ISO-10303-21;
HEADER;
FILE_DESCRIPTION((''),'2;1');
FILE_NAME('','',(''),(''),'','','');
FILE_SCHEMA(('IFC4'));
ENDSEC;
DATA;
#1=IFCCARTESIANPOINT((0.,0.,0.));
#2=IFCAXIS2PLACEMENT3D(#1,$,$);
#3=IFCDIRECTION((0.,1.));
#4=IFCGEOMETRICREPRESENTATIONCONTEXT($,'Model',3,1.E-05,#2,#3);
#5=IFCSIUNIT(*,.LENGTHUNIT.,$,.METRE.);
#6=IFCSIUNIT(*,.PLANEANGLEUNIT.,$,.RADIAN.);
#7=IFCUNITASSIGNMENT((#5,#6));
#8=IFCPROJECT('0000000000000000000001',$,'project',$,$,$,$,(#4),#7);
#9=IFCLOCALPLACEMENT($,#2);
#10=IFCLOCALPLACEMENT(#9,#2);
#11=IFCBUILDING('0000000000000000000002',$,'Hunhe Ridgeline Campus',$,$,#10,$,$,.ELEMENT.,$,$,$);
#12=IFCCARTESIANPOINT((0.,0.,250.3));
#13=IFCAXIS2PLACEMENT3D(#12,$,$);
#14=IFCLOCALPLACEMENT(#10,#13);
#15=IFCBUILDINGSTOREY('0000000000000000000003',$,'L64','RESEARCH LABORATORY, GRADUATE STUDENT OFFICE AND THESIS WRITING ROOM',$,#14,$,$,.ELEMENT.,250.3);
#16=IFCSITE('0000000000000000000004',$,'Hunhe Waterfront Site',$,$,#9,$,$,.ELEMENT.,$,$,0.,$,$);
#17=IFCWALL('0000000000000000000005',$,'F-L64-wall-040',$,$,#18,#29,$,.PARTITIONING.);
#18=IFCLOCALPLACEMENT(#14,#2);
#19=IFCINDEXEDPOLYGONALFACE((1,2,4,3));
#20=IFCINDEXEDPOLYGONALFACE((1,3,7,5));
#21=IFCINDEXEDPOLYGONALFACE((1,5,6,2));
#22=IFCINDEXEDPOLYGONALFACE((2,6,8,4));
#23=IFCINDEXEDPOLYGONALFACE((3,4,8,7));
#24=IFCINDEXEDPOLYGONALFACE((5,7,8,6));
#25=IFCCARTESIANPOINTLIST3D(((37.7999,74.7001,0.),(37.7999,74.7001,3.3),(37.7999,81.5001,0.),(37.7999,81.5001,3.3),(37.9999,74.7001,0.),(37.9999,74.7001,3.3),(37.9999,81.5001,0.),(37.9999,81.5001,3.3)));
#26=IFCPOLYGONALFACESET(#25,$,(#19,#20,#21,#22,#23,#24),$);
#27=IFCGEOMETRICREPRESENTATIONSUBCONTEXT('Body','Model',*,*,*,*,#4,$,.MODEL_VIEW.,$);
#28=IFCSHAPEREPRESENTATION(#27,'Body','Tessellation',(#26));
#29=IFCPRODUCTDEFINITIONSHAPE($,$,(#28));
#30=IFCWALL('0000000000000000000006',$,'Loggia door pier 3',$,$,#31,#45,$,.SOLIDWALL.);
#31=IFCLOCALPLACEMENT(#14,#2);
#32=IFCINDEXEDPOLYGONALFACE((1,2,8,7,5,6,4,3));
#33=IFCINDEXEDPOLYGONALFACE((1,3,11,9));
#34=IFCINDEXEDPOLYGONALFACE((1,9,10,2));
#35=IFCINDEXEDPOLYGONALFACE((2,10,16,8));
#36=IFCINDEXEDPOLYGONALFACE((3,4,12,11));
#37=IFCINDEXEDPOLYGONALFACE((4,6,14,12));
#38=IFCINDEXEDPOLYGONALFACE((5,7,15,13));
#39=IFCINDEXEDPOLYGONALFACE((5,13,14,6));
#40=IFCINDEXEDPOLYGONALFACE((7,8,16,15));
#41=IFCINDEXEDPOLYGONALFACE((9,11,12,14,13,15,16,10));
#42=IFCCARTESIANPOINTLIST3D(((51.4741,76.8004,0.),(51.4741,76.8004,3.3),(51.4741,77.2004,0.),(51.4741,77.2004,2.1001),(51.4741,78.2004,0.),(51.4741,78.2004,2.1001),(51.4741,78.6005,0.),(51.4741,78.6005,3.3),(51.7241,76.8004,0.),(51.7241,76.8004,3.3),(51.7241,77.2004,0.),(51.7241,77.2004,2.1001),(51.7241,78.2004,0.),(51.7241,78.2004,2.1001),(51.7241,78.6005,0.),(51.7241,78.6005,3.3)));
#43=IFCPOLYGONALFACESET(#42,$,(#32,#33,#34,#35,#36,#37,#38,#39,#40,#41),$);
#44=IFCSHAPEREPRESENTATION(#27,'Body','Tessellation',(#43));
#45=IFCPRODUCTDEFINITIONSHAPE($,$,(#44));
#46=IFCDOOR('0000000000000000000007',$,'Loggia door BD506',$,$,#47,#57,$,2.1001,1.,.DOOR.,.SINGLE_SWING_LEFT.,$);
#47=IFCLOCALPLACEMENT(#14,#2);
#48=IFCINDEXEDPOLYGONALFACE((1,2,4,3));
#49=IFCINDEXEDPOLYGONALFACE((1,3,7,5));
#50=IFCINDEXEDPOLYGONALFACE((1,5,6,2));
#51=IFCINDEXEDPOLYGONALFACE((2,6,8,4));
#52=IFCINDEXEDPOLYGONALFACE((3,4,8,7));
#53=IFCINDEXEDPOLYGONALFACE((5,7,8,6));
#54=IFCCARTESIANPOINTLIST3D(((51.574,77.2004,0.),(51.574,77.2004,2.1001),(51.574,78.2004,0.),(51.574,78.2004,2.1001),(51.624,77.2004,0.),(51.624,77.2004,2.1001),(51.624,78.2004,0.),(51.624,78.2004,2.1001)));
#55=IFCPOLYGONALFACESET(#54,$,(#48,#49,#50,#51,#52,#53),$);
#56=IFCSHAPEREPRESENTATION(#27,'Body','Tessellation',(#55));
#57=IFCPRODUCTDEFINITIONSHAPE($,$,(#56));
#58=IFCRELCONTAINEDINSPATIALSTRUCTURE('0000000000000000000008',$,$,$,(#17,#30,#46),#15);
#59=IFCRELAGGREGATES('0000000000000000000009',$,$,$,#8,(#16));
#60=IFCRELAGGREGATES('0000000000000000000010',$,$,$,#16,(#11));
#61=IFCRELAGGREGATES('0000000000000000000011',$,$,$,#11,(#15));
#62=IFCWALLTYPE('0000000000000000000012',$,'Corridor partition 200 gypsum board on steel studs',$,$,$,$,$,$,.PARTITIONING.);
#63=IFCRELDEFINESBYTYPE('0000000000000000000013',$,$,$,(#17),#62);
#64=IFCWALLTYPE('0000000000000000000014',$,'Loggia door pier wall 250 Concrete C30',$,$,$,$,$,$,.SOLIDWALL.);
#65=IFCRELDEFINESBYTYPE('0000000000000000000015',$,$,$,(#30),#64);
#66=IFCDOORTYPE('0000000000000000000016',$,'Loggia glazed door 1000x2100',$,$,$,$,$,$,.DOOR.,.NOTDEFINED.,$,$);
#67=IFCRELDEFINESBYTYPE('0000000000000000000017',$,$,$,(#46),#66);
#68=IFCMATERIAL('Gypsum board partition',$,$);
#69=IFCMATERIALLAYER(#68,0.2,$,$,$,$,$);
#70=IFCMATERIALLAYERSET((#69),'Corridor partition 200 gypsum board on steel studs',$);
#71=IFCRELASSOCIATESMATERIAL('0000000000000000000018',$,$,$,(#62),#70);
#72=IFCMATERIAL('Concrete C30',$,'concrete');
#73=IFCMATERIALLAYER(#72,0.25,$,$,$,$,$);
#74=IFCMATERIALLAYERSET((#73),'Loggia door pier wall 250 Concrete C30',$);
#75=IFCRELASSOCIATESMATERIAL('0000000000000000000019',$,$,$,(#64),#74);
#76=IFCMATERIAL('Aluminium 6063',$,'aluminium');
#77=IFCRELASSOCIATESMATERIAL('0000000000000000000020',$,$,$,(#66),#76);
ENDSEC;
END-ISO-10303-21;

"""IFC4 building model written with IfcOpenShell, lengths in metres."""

from ifc_helpers import new_model, si_unit, direction, frame, frame_2d, origin, place, context, subcontext, project, spatial, rectangle, extrude, material, layer, layer_set, type_object, element, fill, save


model = new_model("IFC4")

# Units and contexts
model_context = context("Model", 3, precision=1e-05, world=origin(), true_north=direction((0.0, 1.0)))
body_context = subcontext(model_context, "Body", "Model", "MODEL_VIEW")
ifc_project = project(units=[si_unit("LENGTHUNIT", "METRE"), si_unit("PLANEANGLEUNIT", "RADIAN")], contexts=[model_context])

# Site, building, storey
site_placement = place(None, origin())
site = spatial("IfcSite", under=ifc_project, at=site_placement, Name="Hunhe Waterfront Site", CompositionType="ELEMENT", RefElevation=0.0)
building_placement = place(site_placement, origin())
building = spatial("IfcBuilding", under=site, at=building_placement, Name="Hunhe Ridgeline Campus", CompositionType="ELEMENT")
storey_placement = place(building_placement, frame((0.0, 0.0, 250.3)))
storey = spatial("IfcBuildingStorey", under=building, at=storey_placement, Name="L64", Description="RESEARCH LABORATORY, GRADUATE STUDENT OFFICE AND THESIS WRITING ROOM", CompositionType="ELEMENT", Elevation=250.3)

# Shared definitions
ifc_material_1 = material(Name="Aluminium 6063", Category="aluminium")

# Shared definitions
ifc_material_2 = material(Name="Gypsum board partition")
ifc_layer_1 = layer(ifc_material_2, 0.2)
ifc_layer_set_1 = layer_set([ifc_layer_1], Name="Corridor partition 200 gypsum board on steel studs")
wall_type_1 = type_object("IfcWallType", Name="Corridor partition 200 gypsum board on steel studs", PredefinedType="PARTITIONING", material=ifc_layer_set_1)

# Wall
wall_1_placement = place(storey_placement, frame((37.8999, 81.5, 0.0), z_axis=(0.0, 0.0, 1.0), x_axis=(0.0, -1.0, 0.0)))
element("IfcWall", 1, at=wall_1_placement, inside=storey, type_object=wall_type_1, Name="F-L64-wall-040", PredefinedType="PARTITIONING", context=body_context, shape_type="SweptSolid", body=[
    extrude(rectangle(XDim=6.8, YDim=0.2, at=frame_2d((3.3999, 0.0))), origin(), (0.0, 0.0, 1.0), 3.3),
])

# Wall, opening, door
ifc_material_3 = material(Name="Concrete C30", Category="concrete")
ifc_layer_2 = layer(ifc_material_3, 0.25)
ifc_layer_set_2 = layer_set([ifc_layer_2], Name="Loggia door pier wall 250 Concrete C30")
wall_type_2 = type_object("IfcWallType", Name="Loggia door pier wall 250 Concrete C30", PredefinedType="SOLIDWALL", material=ifc_layer_set_2)
wall_2_placement = place(storey_placement, frame((51.5991, 76.8005, 0.0), z_axis=(0.0, 0.0, 1.0), x_axis=(0.0, 1.0, 0.0)))
wall_2 = element("IfcWall", 2, at=wall_2_placement, inside=storey, type_object=wall_type_2, Name="Loggia door pier 3", PredefinedType="SOLIDWALL", context=body_context, shape_type="SweptSolid", body=[
    extrude(rectangle(XDim=1.8, YDim=0.25, at=frame_2d((0.8999, 0.0))), origin(), (0.0, 0.0, 1.0), 3.3),
])
opening_1_placement = place(wall_2_placement, frame((0.3999, 0.0, 0.0)))
opening_1 = element("IfcOpeningElement", 3, at=opening_1_placement, cuts=wall_2, PredefinedType="OPENING", context=body_context, shape_type="SweptSolid", body=[
    extrude(rectangle(XDim=1.0, YDim=2.1001, at=frame_2d((0.5, 1.05))), frame((0.0, 0.125, 0.0), z_axis=(0.0, -1.0, 0.0), x_axis=(1.0, 0.0, 0.0)), (0.0, 0.0, 1.0), 0.25),
])
door_type_1 = type_object("IfcDoorType", Name="Loggia glazed door 1000x2100", OperationType="NOTDEFINED", PredefinedType="DOOR", material=ifc_material_1)
door_1_placement = place(opening_1_placement, frame((1.0, 0.0, 0.0), z_axis=(0.0, 0.0, 1.0), x_axis=(-1.0, 0.0, 0.0)))
door_1 = element("IfcDoor", 4, at=door_1_placement, inside=storey, type_object=door_type_1, Name="Loggia door BD506", OperationType="SINGLE_SWING_LEFT", OverallHeight=2.1001, OverallWidth=1.0, PredefinedType="DOOR", context=body_context, shape_type="SweptSolid", body=[
    extrude(rectangle(XDim=1.0, YDim=2.1001, at=frame_2d((0.5, 1.05))), frame((0.0, 0.0249, 0.0), z_axis=(0.0, -1.0, 0.0), x_axis=(1.0, 0.0, 0.0)), (0.0, 0.0, 1.0), 0.05),
])
fill(opening_1, door_1)

save(model, "model.ifc")
